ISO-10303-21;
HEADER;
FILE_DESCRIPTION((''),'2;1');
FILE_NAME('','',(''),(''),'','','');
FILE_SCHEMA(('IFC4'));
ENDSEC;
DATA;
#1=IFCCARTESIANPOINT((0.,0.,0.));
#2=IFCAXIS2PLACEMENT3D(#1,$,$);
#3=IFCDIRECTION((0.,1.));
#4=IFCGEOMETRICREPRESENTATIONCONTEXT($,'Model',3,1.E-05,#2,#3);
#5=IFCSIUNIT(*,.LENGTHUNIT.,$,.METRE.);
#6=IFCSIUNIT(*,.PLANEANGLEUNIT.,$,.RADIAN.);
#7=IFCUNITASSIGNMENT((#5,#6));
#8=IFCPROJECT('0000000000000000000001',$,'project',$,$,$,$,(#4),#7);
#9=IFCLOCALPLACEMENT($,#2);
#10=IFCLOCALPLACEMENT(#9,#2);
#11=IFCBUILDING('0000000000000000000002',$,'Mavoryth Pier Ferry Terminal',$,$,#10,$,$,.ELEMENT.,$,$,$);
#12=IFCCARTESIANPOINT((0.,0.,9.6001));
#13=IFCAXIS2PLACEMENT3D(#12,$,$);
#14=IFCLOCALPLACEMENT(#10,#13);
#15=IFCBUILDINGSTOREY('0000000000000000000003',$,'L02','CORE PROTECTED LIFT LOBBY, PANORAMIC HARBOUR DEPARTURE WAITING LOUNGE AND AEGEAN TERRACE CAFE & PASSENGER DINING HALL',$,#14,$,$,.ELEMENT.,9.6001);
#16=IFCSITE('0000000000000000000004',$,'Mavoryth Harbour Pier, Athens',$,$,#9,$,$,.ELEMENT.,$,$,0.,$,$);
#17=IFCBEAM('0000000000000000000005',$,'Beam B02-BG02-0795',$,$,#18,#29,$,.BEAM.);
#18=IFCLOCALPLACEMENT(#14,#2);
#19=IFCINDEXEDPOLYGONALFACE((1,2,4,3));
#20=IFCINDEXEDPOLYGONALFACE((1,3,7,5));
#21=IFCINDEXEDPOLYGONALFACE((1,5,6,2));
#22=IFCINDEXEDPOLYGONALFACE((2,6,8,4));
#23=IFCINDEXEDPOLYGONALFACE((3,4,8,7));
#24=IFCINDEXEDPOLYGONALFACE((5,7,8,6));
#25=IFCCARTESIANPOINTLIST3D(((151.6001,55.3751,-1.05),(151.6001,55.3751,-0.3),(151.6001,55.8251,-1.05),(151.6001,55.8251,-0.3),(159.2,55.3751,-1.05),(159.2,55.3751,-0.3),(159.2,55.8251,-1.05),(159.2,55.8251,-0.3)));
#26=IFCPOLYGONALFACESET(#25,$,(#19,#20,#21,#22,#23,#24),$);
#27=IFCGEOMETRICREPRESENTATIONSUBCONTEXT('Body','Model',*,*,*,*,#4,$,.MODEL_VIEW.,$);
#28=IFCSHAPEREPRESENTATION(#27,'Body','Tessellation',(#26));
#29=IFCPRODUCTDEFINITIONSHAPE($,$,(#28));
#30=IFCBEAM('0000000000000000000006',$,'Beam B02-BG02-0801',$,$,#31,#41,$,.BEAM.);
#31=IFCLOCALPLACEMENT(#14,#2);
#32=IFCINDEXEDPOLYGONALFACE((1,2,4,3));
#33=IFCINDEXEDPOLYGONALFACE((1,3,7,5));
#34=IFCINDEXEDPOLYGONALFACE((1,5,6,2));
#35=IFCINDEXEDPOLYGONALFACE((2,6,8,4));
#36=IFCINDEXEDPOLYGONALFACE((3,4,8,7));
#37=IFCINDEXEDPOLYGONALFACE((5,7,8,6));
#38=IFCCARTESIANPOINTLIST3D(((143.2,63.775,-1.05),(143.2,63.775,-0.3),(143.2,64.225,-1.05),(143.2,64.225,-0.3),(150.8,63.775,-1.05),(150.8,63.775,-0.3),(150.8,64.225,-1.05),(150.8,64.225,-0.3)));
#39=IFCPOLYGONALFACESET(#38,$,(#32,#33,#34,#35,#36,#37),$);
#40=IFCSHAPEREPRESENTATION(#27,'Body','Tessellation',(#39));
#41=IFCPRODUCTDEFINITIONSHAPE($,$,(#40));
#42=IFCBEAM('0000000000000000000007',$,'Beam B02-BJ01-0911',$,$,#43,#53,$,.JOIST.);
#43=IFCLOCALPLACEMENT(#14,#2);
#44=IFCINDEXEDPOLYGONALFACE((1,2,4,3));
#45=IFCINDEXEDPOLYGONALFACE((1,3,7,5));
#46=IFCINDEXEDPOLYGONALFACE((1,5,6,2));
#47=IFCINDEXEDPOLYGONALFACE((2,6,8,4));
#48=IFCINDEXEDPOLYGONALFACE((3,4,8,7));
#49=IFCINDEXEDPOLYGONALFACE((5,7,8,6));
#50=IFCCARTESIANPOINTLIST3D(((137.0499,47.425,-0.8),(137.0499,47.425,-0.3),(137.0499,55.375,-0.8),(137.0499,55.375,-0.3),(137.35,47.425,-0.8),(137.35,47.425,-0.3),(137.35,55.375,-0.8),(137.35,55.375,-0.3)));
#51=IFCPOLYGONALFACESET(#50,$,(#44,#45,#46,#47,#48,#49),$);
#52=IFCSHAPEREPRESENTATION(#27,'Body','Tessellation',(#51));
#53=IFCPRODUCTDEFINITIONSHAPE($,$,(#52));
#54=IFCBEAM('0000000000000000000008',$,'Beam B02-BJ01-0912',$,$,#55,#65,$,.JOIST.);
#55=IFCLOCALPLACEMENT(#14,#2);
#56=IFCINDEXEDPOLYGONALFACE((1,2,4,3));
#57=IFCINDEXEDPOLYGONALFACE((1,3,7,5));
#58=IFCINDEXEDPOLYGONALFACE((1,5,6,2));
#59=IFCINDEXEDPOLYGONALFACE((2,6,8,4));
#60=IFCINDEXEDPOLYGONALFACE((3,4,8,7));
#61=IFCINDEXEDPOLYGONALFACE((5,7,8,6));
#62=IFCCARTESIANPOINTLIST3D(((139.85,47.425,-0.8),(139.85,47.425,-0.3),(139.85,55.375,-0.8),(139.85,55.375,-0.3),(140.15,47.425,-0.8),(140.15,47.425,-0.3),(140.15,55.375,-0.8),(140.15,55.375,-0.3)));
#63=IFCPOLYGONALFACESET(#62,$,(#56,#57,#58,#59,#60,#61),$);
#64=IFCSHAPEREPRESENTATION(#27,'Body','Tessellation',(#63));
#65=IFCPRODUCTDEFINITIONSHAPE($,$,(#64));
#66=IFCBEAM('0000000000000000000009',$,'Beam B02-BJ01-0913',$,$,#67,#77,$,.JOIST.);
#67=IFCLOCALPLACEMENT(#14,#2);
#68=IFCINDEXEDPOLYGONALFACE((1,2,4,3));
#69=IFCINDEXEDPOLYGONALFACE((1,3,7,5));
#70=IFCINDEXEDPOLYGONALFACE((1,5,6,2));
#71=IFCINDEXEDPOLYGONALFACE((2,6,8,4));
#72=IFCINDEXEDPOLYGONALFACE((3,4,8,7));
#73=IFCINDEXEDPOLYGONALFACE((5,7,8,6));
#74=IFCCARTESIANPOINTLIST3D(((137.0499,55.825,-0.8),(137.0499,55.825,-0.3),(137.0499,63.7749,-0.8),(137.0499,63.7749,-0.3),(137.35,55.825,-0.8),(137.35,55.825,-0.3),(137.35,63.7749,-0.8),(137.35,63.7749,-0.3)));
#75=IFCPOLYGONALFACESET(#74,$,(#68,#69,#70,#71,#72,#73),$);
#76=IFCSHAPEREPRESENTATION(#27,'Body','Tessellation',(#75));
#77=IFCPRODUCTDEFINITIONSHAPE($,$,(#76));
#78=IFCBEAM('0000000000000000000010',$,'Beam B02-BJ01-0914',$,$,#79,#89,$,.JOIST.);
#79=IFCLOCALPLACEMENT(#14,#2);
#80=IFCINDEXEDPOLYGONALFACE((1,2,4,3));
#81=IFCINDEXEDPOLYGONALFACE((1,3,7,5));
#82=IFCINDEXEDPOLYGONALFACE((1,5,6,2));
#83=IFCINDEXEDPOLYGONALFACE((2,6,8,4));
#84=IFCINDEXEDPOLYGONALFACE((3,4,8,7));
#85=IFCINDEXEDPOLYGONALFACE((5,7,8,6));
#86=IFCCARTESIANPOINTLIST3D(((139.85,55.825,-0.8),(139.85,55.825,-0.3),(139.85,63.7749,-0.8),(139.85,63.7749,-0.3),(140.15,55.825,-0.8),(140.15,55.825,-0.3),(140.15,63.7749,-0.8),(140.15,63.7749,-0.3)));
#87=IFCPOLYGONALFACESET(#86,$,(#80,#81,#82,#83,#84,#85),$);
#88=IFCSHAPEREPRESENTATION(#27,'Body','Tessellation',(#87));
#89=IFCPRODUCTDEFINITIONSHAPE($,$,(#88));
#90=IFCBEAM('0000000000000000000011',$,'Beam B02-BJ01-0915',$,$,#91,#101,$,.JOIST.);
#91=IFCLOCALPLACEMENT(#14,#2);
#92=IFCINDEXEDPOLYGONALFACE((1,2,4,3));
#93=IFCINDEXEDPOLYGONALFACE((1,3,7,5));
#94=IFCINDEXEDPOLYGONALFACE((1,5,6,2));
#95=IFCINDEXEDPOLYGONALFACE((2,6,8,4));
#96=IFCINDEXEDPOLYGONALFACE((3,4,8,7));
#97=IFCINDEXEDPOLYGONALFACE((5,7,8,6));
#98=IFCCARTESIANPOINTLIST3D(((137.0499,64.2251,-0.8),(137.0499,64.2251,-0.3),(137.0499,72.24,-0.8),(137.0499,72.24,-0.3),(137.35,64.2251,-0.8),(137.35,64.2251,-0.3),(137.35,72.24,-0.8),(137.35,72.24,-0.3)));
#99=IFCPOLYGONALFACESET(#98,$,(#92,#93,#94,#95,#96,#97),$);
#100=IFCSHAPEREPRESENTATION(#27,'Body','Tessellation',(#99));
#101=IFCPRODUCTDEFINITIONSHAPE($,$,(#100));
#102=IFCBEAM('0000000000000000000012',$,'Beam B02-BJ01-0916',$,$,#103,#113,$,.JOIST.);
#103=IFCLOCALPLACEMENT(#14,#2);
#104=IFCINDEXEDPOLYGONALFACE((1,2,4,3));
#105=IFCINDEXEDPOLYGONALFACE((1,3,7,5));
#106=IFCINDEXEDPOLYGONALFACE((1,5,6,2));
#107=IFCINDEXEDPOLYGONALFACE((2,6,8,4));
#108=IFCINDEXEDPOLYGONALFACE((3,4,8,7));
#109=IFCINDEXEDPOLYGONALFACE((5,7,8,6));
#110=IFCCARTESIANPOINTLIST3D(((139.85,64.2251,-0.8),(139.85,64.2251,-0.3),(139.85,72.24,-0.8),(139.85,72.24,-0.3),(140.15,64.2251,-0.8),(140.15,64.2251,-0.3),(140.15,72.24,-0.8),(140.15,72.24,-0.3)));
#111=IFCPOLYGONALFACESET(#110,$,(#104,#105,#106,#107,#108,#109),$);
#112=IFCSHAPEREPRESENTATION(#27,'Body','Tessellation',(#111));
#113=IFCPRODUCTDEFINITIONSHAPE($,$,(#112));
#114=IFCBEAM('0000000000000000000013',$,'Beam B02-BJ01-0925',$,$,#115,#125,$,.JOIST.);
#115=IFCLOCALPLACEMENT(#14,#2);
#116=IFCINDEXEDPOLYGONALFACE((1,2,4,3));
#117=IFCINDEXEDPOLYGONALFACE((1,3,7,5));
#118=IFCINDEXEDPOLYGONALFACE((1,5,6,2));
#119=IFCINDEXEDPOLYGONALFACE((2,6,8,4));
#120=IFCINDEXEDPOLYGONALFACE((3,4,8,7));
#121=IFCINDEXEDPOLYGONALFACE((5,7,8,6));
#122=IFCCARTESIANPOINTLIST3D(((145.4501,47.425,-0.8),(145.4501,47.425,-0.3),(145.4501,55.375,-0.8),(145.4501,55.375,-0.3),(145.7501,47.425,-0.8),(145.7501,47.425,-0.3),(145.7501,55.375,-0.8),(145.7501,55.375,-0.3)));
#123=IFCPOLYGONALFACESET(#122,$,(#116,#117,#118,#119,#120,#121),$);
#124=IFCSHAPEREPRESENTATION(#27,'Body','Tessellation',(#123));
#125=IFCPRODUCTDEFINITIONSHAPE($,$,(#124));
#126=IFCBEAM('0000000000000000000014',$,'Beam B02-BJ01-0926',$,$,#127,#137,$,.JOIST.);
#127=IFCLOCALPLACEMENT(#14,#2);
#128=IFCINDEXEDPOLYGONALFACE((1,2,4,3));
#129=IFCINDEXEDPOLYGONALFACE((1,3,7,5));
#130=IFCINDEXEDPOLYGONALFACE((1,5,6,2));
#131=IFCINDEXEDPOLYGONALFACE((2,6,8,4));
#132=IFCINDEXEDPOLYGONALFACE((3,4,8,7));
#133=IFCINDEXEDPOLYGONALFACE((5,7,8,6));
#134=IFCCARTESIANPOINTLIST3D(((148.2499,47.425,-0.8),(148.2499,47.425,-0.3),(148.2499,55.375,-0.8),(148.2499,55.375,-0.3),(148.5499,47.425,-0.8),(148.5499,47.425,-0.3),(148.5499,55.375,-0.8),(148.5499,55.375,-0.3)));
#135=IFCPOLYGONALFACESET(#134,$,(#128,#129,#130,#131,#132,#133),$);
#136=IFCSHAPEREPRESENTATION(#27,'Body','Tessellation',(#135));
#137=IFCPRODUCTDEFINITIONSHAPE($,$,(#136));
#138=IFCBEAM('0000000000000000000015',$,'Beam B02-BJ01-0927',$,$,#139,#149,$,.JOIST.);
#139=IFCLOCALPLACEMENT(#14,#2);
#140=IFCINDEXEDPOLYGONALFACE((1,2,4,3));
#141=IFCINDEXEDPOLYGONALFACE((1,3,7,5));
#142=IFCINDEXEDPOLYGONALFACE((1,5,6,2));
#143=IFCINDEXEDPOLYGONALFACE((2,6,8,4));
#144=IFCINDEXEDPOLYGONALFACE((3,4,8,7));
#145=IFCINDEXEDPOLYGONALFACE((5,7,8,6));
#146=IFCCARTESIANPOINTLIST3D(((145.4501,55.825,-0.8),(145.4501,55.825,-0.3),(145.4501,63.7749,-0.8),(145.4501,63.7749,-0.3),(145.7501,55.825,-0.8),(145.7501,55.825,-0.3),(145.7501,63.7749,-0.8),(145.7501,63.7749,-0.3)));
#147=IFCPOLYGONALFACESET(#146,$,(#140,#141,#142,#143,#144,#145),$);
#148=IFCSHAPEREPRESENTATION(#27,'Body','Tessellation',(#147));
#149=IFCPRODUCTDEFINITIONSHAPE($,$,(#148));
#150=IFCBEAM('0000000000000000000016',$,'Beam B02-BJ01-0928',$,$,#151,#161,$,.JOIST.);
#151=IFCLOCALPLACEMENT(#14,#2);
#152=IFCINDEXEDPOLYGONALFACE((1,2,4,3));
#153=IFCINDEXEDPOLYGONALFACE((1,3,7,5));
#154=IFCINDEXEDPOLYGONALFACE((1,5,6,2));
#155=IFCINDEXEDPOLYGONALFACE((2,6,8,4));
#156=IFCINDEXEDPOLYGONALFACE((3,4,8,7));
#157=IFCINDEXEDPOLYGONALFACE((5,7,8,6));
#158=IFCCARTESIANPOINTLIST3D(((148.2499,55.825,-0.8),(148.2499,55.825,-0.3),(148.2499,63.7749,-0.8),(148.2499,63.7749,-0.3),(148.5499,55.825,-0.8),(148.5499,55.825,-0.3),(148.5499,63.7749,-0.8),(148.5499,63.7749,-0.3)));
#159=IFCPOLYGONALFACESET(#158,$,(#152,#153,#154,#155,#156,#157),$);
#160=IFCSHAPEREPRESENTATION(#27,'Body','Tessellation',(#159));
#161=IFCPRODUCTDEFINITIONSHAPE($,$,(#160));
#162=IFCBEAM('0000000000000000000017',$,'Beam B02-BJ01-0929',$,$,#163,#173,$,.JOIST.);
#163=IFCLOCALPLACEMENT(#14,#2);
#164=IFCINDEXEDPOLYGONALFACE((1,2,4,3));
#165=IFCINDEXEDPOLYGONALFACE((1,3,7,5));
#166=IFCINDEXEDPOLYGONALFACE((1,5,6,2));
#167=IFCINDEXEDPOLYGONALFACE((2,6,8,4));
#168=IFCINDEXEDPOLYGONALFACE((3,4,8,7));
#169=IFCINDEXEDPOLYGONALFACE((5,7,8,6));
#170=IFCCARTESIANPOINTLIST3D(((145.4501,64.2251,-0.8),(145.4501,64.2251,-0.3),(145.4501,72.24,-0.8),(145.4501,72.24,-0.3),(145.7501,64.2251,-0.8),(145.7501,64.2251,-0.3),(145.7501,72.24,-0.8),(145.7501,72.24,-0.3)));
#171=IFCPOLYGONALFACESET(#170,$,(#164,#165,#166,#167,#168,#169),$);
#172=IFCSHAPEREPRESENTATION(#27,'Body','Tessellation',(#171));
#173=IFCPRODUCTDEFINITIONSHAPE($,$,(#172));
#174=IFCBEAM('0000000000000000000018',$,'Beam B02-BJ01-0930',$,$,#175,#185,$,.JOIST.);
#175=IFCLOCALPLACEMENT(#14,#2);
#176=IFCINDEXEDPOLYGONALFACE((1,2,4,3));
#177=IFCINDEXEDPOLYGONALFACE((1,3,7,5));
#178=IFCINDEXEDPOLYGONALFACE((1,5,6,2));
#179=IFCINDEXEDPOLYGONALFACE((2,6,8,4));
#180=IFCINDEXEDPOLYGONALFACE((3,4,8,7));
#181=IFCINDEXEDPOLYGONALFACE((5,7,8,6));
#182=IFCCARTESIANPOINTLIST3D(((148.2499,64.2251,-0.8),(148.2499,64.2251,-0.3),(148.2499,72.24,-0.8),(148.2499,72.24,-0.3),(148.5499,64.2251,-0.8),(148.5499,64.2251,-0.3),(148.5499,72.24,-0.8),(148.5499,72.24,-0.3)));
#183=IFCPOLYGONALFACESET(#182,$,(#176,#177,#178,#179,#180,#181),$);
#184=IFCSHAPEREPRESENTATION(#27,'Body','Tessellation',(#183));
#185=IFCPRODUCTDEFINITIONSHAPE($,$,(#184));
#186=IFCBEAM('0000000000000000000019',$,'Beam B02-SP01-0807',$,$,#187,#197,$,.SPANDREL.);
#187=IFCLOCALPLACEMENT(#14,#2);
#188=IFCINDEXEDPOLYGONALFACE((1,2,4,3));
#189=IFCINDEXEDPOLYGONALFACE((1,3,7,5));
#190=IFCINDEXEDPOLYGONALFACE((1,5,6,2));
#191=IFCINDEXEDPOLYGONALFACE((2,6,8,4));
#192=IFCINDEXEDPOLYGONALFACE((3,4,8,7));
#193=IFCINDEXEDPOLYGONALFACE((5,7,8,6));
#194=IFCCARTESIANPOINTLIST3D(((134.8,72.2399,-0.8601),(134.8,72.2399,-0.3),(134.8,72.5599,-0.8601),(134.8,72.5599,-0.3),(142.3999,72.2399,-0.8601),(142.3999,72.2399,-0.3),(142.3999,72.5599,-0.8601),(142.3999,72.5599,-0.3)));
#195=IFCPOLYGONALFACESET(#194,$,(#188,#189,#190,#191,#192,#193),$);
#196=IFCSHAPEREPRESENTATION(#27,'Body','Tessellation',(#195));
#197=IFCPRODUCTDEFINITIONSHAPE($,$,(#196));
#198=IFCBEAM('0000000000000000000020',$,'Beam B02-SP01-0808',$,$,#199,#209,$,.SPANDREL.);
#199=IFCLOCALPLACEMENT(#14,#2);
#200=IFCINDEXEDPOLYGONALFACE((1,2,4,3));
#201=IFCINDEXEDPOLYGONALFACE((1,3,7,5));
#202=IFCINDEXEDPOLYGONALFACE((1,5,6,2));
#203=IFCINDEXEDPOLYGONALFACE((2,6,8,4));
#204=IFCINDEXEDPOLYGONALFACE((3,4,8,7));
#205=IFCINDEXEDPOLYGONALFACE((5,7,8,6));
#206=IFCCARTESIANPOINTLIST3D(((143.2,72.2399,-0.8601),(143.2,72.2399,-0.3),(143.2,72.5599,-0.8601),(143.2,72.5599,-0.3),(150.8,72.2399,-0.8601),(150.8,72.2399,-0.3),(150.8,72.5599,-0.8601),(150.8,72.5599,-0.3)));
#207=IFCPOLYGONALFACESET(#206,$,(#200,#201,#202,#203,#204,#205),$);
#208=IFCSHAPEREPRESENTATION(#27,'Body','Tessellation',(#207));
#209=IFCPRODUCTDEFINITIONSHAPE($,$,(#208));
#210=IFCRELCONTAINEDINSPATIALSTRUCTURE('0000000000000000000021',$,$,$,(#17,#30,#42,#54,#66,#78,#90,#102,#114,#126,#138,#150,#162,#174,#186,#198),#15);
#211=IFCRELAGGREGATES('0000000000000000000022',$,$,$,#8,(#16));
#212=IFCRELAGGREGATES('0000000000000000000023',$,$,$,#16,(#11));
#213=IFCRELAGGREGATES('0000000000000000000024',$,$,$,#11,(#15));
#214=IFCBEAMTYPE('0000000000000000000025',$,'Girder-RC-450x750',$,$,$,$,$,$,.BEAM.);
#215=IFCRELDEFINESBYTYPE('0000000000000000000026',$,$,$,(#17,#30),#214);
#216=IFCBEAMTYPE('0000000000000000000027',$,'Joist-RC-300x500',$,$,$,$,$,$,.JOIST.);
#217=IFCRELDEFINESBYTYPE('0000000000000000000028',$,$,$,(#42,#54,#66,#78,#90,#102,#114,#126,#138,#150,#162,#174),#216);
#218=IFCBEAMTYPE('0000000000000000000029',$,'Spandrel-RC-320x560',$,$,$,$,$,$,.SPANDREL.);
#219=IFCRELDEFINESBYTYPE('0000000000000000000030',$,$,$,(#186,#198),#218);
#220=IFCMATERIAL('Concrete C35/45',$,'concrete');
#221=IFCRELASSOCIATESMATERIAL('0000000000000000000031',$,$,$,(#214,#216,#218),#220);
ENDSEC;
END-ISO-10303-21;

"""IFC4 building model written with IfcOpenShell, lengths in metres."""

from ifc_helpers import new_model, si_unit, direction, frame, origin, origin_2d, place, context, subcontext, project, spatial, rectangle, extrude, material, material_profile, profile_set, type_object, element, save


model = new_model("IFC4")

# Units and contexts
model_context = context("Model", 3, precision=1e-05, world=origin(), true_north=direction((0.0, 1.0)))
body_context = subcontext(model_context, "Body", "Model", "MODEL_VIEW")
ifc_project = project(units=[si_unit("LENGTHUNIT", "METRE"), si_unit("PLANEANGLEUNIT", "RADIAN")], contexts=[model_context])

# Site, building, storey
site_placement = place(None, origin())
site = spatial("IfcSite", under=ifc_project, at=site_placement, Name="Mavoryth Harbour Pier, Athens", CompositionType="ELEMENT", RefElevation=0.0)
building_placement = place(site_placement, origin())
building = spatial("IfcBuilding", under=site, at=building_placement, Name="Mavoryth Pier Ferry Terminal", CompositionType="ELEMENT")
storey_placement = place(building_placement, frame((0.0, 0.0, 9.6001)))
storey = spatial("IfcBuildingStorey", under=building, at=storey_placement, Name="L02", Description="CORE PROTECTED LIFT LOBBY, PANORAMIC HARBOUR DEPARTURE WAITING LOUNGE AND AEGEAN TERRACE CAFE & PASSENGER DINING HALL", CompositionType="ELEMENT", Elevation=9.6001)

# Beams
ifc_material_1 = material(Name="Concrete C35/45", Category="concrete")
ifc_material_profile_1 = material_profile(ifc_material_1, rectangle(XDim=0.45, YDim=0.75, at=origin_2d()), Name="RC 450x750", Category="concrete")
ifc_profile_set_1 = profile_set([ifc_material_profile_1], Name="Concrete C35/45 - RC 450x750")
beam_type_1 = type_object("IfcBeamType", Name="Girder-RC-450x750", PredefinedType="BEAM", material=ifc_profile_set_1)
beam_1_placement = place(storey_placement, frame((151.6001, 55.6001, -0.675), z_axis=(1.0, 0.0, 0.0), x_axis=(0.0, 1.0, 0.0)))
element("IfcBeam", 1, at=beam_1_placement, inside=storey, type_object=beam_type_1, Name="Beam B02-BG02-0795", PredefinedType="BEAM", context=body_context, shape_type="SweptSolid", body=[
    extrude(rectangle(XDim=0.45, YDim=0.75, at=origin_2d()), origin(), (0.0, 0.0, 1.0), 7.5999),
])
beam_2_placement = place(storey_placement, frame((143.2, 64.0, -0.675), z_axis=(1.0, 0.0, 0.0), x_axis=(0.0, 1.0, 0.0)))
element("IfcBeam", 2, at=beam_2_placement, inside=storey, type_object=beam_type_1, Name="Beam B02-BG02-0801", PredefinedType="BEAM", context=body_context, shape_type="SweptSolid", body=[
    extrude(rectangle(XDim=0.45, YDim=0.75, at=origin_2d()), origin(), (0.0, 0.0, 1.0), 7.6001),
])
ifc_material_profile_2 = material_profile(ifc_material_1, rectangle(XDim=0.3, YDim=0.5, at=origin_2d()), Name="RC 300x500", Category="concrete")
ifc_profile_set_2 = profile_set([ifc_material_profile_2], Name="Concrete C35/45 - RC 300x500")
beam_type_2 = type_object("IfcBeamType", Name="Joist-RC-300x500", PredefinedType="JOIST", material=ifc_profile_set_2)
for number, where, z_axis, x_axis, name in (
    (3, (137.2, 47.425, -0.55), (0.0, 1.0, 0.0), (-1.0, 0.0, 0.0), "Beam B02-BJ01-0911"),
    (4, (140.0, 47.425, -0.55), (0.0, 1.0, 0.0), (-1.0, 0.0, 0.0), "Beam B02-BJ01-0912"),
    (5, (137.2, 55.825, -0.55), (0.0, 1.0, 0.0), (-1.0, 0.0, 0.0), "Beam B02-BJ01-0913"),
    (6, (140.0, 55.825, -0.55), (0.0, 1.0, 0.0), (-1.0, 0.0, 0.0), "Beam B02-BJ01-0914"),
):
    element("IfcBeam", number, at=place(storey_placement, frame(where, z_axis=z_axis, x_axis=x_axis)), inside=storey, type_object=beam_type_2, Name=name, PredefinedType="JOIST", context=body_context, shape_type="SweptSolid", body=[
        extrude(rectangle(XDim=0.3, YDim=0.5, at=origin_2d()), origin(), (0.0, 0.0, 1.0), 7.95),
    ])
for number, where, z_axis, x_axis, name in (
    (7, (137.2, 64.2251, -0.55), (0.0, 1.0, 0.0), (-1.0, 0.0, 0.0), "Beam B02-BJ01-0915"),
    (8, (140.0, 64.2251, -0.55), (0.0, 1.0, 0.0), (-1.0, 0.0, 0.0), "Beam B02-BJ01-0916"),
):
    element("IfcBeam", number, at=place(storey_placement, frame(where, z_axis=z_axis, x_axis=x_axis)), inside=storey, type_object=beam_type_2, Name=name, PredefinedType="JOIST", context=body_context, shape_type="SweptSolid", body=[
        extrude(rectangle(XDim=0.3, YDim=0.5, at=origin_2d()), origin(), (0.0, 0.0, 1.0), 8.0149),
    ])
for number, where, z_axis, x_axis, name in (
    (9, (145.6001, 47.425, -0.55), (0.0, 1.0, 0.0), (-1.0, 0.0, 0.0), "Beam B02-BJ01-0925"),
    (10, (148.3999, 47.425, -0.55), (0.0, 1.0, 0.0), (-1.0, 0.0, 0.0), "Beam B02-BJ01-0926"),
    (11, (145.6001, 55.825, -0.55), (0.0, 1.0, 0.0), (-1.0, 0.0, 0.0), "Beam B02-BJ01-0927"),
    (12, (148.3999, 55.825, -0.55), (0.0, 1.0, 0.0), (-1.0, 0.0, 0.0), "Beam B02-BJ01-0928"),
):
    element("IfcBeam", number, at=place(storey_placement, frame(where, z_axis=z_axis, x_axis=x_axis)), inside=storey, type_object=beam_type_2, Name=name, PredefinedType="JOIST", context=body_context, shape_type="SweptSolid", body=[
        extrude(rectangle(XDim=0.3, YDim=0.5, at=origin_2d()), origin(), (0.0, 0.0, 1.0), 7.95),
    ])
for number, where, z_axis, x_axis, name in (
    (13, (145.6001, 64.2251, -0.55), (0.0, 1.0, 0.0), (-1.0, 0.0, 0.0), "Beam B02-BJ01-0929"),
    (14, (148.3999, 64.2251, -0.55), (0.0, 1.0, 0.0), (-1.0, 0.0, 0.0), "Beam B02-BJ01-0930"),
):
    element("IfcBeam", number, at=place(storey_placement, frame(where, z_axis=z_axis, x_axis=x_axis)), inside=storey, type_object=beam_type_2, Name=name, PredefinedType="JOIST", context=body_context, shape_type="SweptSolid", body=[
        extrude(rectangle(XDim=0.3, YDim=0.5, at=origin_2d()), origin(), (0.0, 0.0, 1.0), 8.0149),
    ])
ifc_material_profile_3 = material_profile(ifc_material_1, rectangle(XDim=0.3201, YDim=0.5601, at=origin_2d()), Name="RC 320x560", Category="concrete")
ifc_profile_set_3 = profile_set([ifc_material_profile_3], Name="Concrete C35/45 - RC 320x560")
beam_type_3 = type_object("IfcBeamType", Name="Spandrel-RC-320x560", PredefinedType="SPANDREL", material=ifc_profile_set_3)
beam_3_placement = place(storey_placement, frame((134.8, 72.3999, -0.5801), z_axis=(1.0, 0.0, 0.0), x_axis=(0.0, 1.0, 0.0)))
element("IfcBeam", 15, at=beam_3_placement, inside=storey, type_object=beam_type_3, Name="Beam B02-SP01-0807", PredefinedType="SPANDREL", context=body_context, shape_type="SweptSolid", body=[
    extrude(rectangle(XDim=0.3201, YDim=0.5601, at=origin_2d()), origin(), (0.0, 0.0, 1.0), 7.5999),
])
beam_4_placement = place(storey_placement, frame((143.2, 72.3999, -0.5801), z_axis=(1.0, 0.0, 0.0), x_axis=(0.0, 1.0, 0.0)))
element("IfcBeam", 16, at=beam_4_placement, inside=storey, type_object=beam_type_3, Name="Beam B02-SP01-0808", PredefinedType="SPANDREL", context=body_context, shape_type="SweptSolid", body=[
    extrude(rectangle(XDim=0.3201, YDim=0.5601, at=origin_2d()), origin(), (0.0, 0.0, 1.0), 7.6001),
])

save(model, "model.ifc")
